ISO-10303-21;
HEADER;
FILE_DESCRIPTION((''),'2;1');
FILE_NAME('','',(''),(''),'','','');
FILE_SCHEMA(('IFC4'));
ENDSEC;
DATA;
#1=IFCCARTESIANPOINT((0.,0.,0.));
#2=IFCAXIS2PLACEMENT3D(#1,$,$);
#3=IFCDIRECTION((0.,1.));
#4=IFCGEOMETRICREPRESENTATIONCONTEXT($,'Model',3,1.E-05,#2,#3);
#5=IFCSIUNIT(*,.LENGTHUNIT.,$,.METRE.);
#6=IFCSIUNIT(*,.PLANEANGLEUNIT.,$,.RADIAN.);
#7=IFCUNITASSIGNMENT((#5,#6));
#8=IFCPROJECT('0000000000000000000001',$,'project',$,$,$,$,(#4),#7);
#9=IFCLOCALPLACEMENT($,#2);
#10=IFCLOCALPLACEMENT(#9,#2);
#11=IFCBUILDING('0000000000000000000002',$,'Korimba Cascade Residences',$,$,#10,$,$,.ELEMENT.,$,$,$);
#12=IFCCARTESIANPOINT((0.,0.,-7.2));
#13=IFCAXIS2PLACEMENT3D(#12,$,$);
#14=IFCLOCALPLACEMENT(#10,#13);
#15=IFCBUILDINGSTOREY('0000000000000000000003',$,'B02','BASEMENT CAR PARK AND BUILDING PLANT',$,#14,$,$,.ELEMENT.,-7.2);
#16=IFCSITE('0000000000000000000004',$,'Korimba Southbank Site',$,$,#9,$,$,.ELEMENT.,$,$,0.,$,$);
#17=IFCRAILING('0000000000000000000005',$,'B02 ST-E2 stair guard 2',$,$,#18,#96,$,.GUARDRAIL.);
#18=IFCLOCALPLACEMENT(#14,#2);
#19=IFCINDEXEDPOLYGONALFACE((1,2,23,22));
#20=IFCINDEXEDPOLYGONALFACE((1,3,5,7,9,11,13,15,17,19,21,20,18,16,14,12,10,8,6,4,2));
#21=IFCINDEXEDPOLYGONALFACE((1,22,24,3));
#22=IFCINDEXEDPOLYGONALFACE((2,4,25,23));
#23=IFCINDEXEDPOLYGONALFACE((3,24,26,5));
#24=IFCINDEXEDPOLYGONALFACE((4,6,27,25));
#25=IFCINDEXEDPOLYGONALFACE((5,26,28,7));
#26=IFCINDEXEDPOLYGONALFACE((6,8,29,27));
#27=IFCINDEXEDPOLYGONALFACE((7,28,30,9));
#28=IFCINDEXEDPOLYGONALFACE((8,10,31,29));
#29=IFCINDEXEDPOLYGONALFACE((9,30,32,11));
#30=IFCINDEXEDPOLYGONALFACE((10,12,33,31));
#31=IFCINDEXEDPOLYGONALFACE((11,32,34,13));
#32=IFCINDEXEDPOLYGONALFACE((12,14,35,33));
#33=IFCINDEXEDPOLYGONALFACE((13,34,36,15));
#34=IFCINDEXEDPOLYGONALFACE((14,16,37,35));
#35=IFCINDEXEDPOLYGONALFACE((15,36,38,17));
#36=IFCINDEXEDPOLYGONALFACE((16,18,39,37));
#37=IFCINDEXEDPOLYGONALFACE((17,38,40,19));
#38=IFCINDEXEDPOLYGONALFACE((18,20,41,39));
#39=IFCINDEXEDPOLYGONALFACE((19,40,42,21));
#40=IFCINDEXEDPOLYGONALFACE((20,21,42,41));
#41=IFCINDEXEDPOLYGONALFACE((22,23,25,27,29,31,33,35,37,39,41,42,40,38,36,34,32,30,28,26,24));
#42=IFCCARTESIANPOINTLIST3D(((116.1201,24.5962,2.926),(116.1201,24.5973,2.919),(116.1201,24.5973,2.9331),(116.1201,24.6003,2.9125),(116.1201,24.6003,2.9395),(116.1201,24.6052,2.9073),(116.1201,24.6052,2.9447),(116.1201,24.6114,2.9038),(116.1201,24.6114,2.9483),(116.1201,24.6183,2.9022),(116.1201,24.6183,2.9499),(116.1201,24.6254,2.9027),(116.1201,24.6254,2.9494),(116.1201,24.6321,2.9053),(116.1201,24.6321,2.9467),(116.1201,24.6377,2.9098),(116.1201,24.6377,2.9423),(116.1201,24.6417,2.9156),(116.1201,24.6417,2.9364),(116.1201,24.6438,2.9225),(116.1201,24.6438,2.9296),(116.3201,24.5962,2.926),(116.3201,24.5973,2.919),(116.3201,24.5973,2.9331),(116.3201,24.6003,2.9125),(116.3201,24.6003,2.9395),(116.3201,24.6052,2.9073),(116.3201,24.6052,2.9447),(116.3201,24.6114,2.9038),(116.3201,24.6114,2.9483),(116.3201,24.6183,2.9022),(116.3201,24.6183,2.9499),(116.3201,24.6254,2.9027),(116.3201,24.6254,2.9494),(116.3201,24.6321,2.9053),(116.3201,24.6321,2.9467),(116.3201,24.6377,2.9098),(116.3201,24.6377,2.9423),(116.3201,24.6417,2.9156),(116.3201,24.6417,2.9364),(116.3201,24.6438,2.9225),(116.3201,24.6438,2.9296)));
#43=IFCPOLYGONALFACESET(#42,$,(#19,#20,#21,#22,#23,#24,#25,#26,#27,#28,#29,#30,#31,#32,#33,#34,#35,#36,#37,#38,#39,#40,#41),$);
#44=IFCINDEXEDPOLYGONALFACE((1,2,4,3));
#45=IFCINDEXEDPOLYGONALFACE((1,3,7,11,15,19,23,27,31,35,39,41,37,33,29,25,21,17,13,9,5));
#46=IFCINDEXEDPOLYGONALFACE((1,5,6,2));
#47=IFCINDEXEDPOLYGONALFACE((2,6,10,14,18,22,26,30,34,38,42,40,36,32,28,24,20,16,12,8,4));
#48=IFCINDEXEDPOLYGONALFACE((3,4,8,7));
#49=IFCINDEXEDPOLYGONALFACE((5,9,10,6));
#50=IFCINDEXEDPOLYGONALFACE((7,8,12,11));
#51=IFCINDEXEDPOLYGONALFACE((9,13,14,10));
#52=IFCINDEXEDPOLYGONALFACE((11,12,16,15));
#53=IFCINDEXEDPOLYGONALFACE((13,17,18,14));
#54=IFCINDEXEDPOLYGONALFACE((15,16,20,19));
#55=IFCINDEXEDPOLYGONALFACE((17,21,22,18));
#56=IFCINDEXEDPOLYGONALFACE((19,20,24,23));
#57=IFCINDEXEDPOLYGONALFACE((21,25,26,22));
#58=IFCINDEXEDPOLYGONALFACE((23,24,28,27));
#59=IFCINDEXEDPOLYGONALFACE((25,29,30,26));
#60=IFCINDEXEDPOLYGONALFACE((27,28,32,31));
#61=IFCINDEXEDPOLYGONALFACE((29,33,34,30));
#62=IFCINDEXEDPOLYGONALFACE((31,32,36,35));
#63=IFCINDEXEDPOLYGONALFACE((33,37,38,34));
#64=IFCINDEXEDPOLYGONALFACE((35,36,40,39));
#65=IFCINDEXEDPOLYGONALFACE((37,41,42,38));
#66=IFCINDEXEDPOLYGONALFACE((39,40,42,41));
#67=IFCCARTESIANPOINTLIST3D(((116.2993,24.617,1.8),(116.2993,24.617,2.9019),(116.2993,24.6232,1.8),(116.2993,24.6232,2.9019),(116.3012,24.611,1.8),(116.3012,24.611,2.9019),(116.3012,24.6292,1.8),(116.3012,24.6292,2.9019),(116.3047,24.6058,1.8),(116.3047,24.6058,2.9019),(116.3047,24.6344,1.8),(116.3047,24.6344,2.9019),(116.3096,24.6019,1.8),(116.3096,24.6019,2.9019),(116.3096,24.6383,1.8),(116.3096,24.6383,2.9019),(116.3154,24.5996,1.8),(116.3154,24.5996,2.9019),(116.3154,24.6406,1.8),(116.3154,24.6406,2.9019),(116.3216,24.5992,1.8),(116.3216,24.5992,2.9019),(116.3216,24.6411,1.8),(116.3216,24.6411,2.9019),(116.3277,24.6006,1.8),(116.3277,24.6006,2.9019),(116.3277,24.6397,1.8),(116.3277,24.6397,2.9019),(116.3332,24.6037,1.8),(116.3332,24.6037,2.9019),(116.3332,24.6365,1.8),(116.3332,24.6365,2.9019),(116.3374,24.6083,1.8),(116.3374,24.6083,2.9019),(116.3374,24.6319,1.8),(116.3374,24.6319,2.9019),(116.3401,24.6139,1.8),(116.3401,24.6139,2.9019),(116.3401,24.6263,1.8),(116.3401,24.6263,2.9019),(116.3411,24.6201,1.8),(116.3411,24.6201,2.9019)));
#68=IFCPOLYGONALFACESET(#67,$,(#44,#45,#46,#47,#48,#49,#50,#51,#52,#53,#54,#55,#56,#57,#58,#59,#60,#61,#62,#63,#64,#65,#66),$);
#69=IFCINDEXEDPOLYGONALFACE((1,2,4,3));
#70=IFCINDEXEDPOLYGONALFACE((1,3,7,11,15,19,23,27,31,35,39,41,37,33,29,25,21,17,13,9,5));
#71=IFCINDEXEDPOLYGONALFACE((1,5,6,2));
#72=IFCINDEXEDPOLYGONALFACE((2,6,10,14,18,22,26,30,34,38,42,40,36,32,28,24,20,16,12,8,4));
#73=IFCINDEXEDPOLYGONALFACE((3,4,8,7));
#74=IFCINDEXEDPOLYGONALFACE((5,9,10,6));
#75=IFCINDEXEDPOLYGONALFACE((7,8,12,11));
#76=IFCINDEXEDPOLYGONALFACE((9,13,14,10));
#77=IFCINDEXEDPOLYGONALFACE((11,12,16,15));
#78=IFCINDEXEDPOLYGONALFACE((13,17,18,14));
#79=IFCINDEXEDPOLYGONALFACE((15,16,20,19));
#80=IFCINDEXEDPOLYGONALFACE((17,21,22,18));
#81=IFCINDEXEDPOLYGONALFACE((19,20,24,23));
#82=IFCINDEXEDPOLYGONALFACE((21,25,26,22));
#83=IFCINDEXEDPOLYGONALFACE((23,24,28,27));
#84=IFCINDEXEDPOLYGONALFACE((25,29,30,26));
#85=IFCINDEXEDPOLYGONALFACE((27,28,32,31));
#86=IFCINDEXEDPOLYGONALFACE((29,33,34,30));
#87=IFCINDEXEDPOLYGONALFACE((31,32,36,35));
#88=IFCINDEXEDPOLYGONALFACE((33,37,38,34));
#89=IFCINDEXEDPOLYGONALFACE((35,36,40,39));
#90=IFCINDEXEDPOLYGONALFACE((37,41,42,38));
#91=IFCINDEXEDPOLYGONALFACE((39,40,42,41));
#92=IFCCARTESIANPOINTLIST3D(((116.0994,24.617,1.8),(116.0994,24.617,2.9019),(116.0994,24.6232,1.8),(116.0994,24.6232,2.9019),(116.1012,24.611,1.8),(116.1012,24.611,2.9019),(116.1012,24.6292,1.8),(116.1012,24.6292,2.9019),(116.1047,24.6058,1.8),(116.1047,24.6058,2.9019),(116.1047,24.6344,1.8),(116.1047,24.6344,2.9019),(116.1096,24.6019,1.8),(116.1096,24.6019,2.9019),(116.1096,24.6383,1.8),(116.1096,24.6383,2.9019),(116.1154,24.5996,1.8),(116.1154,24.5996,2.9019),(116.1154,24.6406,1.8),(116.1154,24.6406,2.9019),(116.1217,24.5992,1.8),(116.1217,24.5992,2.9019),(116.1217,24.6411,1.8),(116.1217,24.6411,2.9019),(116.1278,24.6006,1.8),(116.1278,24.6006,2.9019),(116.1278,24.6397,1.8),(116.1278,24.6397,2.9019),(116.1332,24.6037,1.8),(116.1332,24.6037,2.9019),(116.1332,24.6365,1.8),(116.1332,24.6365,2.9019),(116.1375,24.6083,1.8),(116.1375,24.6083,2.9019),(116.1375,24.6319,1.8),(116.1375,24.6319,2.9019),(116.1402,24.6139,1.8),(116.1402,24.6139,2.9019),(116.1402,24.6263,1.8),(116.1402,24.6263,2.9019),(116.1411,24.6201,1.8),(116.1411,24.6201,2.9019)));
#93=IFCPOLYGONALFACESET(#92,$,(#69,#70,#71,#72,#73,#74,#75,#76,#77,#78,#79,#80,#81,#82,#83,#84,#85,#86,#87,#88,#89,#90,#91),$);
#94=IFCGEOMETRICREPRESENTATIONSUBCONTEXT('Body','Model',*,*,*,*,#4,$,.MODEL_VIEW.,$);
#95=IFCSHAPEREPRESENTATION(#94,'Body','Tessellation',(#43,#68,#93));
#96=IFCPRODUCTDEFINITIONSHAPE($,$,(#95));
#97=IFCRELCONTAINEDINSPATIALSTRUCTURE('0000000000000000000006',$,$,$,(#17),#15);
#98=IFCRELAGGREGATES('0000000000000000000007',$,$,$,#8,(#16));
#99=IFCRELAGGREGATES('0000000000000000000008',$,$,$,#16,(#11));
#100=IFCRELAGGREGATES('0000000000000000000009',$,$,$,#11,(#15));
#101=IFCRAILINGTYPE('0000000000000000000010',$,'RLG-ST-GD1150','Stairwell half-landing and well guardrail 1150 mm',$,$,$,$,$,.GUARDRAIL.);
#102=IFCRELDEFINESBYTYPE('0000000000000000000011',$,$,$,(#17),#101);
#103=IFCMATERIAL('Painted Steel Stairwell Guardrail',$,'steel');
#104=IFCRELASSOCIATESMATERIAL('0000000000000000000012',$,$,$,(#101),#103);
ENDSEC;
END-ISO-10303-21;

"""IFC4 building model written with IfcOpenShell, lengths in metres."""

from ifc_helpers import new_model, si_unit, direction, frame, origin, origin_2d, place, context, subcontext, project, spatial, circle, extrude, material, type_object, element, save


model = new_model("IFC4")

# Units and contexts
model_context = context("Model", 3, precision=1e-05, world=origin(), true_north=direction((0.0, 1.0)))
body_context = subcontext(model_context, "Body", "Model", "MODEL_VIEW")
ifc_project = project(units=[si_unit("LENGTHUNIT", "METRE"), si_unit("PLANEANGLEUNIT", "RADIAN")], contexts=[model_context])

# Site, building, storey
site_placement = place(None, origin())
site = spatial("IfcSite", under=ifc_project, at=site_placement, Name="Korimba Southbank Site", CompositionType="ELEMENT", RefElevation=0.0)
building_placement = place(site_placement, origin())
building = spatial("IfcBuilding", under=site, at=building_placement, Name="Korimba Cascade Residences", CompositionType="ELEMENT")
storey_placement = place(building_placement, frame((0.0, 0.0, -7.2)))
storey = spatial("IfcBuildingStorey", under=building, at=storey_placement, Name="B02", Description="BASEMENT CAR PARK AND BUILDING PLANT", CompositionType="ELEMENT", Elevation=-7.2)

# Railing
ifc_material_1 = material(Name="Painted Steel Stairwell Guardrail", Category="steel")
railing_type_1 = type_object("IfcRailingType", Name="RLG-ST-GD1150", Description="Stairwell half-landing and well guardrail 1150 mm", PredefinedType="GUARDRAIL", material=ifc_material_1)
railing_1_placement = place(storey_placement, frame((116.3201, 24.6201, 1.8)))
element("IfcRailing", 1, at=railing_1_placement, inside=storey, type_object=railing_type_1, Name="B02 ST-E2 stair guard 2", PredefinedType="GUARDRAIL", context=body_context, shape_type="SweptSolid", body=[
    extrude(circle(Radius=0.0239, at=origin_2d()), frame((0.0, 0.0, 1.126), z_axis=(-1.0, 0.0, 0.0), x_axis=(0.0, -1.0, 0.0)), (0.0, 0.0, 1.0), 0.2),
    extrude(circle(Radius=0.021, at=origin_2d()), origin(), (0.0, 0.0, 1.0), 1.1018),
    extrude(circle(Radius=0.021, at=origin_2d()), frame((-0.2, 0.0, 0.0)), (0.0, 0.0, 1.0), 1.1018),
])

save(model, "model.ifc")
